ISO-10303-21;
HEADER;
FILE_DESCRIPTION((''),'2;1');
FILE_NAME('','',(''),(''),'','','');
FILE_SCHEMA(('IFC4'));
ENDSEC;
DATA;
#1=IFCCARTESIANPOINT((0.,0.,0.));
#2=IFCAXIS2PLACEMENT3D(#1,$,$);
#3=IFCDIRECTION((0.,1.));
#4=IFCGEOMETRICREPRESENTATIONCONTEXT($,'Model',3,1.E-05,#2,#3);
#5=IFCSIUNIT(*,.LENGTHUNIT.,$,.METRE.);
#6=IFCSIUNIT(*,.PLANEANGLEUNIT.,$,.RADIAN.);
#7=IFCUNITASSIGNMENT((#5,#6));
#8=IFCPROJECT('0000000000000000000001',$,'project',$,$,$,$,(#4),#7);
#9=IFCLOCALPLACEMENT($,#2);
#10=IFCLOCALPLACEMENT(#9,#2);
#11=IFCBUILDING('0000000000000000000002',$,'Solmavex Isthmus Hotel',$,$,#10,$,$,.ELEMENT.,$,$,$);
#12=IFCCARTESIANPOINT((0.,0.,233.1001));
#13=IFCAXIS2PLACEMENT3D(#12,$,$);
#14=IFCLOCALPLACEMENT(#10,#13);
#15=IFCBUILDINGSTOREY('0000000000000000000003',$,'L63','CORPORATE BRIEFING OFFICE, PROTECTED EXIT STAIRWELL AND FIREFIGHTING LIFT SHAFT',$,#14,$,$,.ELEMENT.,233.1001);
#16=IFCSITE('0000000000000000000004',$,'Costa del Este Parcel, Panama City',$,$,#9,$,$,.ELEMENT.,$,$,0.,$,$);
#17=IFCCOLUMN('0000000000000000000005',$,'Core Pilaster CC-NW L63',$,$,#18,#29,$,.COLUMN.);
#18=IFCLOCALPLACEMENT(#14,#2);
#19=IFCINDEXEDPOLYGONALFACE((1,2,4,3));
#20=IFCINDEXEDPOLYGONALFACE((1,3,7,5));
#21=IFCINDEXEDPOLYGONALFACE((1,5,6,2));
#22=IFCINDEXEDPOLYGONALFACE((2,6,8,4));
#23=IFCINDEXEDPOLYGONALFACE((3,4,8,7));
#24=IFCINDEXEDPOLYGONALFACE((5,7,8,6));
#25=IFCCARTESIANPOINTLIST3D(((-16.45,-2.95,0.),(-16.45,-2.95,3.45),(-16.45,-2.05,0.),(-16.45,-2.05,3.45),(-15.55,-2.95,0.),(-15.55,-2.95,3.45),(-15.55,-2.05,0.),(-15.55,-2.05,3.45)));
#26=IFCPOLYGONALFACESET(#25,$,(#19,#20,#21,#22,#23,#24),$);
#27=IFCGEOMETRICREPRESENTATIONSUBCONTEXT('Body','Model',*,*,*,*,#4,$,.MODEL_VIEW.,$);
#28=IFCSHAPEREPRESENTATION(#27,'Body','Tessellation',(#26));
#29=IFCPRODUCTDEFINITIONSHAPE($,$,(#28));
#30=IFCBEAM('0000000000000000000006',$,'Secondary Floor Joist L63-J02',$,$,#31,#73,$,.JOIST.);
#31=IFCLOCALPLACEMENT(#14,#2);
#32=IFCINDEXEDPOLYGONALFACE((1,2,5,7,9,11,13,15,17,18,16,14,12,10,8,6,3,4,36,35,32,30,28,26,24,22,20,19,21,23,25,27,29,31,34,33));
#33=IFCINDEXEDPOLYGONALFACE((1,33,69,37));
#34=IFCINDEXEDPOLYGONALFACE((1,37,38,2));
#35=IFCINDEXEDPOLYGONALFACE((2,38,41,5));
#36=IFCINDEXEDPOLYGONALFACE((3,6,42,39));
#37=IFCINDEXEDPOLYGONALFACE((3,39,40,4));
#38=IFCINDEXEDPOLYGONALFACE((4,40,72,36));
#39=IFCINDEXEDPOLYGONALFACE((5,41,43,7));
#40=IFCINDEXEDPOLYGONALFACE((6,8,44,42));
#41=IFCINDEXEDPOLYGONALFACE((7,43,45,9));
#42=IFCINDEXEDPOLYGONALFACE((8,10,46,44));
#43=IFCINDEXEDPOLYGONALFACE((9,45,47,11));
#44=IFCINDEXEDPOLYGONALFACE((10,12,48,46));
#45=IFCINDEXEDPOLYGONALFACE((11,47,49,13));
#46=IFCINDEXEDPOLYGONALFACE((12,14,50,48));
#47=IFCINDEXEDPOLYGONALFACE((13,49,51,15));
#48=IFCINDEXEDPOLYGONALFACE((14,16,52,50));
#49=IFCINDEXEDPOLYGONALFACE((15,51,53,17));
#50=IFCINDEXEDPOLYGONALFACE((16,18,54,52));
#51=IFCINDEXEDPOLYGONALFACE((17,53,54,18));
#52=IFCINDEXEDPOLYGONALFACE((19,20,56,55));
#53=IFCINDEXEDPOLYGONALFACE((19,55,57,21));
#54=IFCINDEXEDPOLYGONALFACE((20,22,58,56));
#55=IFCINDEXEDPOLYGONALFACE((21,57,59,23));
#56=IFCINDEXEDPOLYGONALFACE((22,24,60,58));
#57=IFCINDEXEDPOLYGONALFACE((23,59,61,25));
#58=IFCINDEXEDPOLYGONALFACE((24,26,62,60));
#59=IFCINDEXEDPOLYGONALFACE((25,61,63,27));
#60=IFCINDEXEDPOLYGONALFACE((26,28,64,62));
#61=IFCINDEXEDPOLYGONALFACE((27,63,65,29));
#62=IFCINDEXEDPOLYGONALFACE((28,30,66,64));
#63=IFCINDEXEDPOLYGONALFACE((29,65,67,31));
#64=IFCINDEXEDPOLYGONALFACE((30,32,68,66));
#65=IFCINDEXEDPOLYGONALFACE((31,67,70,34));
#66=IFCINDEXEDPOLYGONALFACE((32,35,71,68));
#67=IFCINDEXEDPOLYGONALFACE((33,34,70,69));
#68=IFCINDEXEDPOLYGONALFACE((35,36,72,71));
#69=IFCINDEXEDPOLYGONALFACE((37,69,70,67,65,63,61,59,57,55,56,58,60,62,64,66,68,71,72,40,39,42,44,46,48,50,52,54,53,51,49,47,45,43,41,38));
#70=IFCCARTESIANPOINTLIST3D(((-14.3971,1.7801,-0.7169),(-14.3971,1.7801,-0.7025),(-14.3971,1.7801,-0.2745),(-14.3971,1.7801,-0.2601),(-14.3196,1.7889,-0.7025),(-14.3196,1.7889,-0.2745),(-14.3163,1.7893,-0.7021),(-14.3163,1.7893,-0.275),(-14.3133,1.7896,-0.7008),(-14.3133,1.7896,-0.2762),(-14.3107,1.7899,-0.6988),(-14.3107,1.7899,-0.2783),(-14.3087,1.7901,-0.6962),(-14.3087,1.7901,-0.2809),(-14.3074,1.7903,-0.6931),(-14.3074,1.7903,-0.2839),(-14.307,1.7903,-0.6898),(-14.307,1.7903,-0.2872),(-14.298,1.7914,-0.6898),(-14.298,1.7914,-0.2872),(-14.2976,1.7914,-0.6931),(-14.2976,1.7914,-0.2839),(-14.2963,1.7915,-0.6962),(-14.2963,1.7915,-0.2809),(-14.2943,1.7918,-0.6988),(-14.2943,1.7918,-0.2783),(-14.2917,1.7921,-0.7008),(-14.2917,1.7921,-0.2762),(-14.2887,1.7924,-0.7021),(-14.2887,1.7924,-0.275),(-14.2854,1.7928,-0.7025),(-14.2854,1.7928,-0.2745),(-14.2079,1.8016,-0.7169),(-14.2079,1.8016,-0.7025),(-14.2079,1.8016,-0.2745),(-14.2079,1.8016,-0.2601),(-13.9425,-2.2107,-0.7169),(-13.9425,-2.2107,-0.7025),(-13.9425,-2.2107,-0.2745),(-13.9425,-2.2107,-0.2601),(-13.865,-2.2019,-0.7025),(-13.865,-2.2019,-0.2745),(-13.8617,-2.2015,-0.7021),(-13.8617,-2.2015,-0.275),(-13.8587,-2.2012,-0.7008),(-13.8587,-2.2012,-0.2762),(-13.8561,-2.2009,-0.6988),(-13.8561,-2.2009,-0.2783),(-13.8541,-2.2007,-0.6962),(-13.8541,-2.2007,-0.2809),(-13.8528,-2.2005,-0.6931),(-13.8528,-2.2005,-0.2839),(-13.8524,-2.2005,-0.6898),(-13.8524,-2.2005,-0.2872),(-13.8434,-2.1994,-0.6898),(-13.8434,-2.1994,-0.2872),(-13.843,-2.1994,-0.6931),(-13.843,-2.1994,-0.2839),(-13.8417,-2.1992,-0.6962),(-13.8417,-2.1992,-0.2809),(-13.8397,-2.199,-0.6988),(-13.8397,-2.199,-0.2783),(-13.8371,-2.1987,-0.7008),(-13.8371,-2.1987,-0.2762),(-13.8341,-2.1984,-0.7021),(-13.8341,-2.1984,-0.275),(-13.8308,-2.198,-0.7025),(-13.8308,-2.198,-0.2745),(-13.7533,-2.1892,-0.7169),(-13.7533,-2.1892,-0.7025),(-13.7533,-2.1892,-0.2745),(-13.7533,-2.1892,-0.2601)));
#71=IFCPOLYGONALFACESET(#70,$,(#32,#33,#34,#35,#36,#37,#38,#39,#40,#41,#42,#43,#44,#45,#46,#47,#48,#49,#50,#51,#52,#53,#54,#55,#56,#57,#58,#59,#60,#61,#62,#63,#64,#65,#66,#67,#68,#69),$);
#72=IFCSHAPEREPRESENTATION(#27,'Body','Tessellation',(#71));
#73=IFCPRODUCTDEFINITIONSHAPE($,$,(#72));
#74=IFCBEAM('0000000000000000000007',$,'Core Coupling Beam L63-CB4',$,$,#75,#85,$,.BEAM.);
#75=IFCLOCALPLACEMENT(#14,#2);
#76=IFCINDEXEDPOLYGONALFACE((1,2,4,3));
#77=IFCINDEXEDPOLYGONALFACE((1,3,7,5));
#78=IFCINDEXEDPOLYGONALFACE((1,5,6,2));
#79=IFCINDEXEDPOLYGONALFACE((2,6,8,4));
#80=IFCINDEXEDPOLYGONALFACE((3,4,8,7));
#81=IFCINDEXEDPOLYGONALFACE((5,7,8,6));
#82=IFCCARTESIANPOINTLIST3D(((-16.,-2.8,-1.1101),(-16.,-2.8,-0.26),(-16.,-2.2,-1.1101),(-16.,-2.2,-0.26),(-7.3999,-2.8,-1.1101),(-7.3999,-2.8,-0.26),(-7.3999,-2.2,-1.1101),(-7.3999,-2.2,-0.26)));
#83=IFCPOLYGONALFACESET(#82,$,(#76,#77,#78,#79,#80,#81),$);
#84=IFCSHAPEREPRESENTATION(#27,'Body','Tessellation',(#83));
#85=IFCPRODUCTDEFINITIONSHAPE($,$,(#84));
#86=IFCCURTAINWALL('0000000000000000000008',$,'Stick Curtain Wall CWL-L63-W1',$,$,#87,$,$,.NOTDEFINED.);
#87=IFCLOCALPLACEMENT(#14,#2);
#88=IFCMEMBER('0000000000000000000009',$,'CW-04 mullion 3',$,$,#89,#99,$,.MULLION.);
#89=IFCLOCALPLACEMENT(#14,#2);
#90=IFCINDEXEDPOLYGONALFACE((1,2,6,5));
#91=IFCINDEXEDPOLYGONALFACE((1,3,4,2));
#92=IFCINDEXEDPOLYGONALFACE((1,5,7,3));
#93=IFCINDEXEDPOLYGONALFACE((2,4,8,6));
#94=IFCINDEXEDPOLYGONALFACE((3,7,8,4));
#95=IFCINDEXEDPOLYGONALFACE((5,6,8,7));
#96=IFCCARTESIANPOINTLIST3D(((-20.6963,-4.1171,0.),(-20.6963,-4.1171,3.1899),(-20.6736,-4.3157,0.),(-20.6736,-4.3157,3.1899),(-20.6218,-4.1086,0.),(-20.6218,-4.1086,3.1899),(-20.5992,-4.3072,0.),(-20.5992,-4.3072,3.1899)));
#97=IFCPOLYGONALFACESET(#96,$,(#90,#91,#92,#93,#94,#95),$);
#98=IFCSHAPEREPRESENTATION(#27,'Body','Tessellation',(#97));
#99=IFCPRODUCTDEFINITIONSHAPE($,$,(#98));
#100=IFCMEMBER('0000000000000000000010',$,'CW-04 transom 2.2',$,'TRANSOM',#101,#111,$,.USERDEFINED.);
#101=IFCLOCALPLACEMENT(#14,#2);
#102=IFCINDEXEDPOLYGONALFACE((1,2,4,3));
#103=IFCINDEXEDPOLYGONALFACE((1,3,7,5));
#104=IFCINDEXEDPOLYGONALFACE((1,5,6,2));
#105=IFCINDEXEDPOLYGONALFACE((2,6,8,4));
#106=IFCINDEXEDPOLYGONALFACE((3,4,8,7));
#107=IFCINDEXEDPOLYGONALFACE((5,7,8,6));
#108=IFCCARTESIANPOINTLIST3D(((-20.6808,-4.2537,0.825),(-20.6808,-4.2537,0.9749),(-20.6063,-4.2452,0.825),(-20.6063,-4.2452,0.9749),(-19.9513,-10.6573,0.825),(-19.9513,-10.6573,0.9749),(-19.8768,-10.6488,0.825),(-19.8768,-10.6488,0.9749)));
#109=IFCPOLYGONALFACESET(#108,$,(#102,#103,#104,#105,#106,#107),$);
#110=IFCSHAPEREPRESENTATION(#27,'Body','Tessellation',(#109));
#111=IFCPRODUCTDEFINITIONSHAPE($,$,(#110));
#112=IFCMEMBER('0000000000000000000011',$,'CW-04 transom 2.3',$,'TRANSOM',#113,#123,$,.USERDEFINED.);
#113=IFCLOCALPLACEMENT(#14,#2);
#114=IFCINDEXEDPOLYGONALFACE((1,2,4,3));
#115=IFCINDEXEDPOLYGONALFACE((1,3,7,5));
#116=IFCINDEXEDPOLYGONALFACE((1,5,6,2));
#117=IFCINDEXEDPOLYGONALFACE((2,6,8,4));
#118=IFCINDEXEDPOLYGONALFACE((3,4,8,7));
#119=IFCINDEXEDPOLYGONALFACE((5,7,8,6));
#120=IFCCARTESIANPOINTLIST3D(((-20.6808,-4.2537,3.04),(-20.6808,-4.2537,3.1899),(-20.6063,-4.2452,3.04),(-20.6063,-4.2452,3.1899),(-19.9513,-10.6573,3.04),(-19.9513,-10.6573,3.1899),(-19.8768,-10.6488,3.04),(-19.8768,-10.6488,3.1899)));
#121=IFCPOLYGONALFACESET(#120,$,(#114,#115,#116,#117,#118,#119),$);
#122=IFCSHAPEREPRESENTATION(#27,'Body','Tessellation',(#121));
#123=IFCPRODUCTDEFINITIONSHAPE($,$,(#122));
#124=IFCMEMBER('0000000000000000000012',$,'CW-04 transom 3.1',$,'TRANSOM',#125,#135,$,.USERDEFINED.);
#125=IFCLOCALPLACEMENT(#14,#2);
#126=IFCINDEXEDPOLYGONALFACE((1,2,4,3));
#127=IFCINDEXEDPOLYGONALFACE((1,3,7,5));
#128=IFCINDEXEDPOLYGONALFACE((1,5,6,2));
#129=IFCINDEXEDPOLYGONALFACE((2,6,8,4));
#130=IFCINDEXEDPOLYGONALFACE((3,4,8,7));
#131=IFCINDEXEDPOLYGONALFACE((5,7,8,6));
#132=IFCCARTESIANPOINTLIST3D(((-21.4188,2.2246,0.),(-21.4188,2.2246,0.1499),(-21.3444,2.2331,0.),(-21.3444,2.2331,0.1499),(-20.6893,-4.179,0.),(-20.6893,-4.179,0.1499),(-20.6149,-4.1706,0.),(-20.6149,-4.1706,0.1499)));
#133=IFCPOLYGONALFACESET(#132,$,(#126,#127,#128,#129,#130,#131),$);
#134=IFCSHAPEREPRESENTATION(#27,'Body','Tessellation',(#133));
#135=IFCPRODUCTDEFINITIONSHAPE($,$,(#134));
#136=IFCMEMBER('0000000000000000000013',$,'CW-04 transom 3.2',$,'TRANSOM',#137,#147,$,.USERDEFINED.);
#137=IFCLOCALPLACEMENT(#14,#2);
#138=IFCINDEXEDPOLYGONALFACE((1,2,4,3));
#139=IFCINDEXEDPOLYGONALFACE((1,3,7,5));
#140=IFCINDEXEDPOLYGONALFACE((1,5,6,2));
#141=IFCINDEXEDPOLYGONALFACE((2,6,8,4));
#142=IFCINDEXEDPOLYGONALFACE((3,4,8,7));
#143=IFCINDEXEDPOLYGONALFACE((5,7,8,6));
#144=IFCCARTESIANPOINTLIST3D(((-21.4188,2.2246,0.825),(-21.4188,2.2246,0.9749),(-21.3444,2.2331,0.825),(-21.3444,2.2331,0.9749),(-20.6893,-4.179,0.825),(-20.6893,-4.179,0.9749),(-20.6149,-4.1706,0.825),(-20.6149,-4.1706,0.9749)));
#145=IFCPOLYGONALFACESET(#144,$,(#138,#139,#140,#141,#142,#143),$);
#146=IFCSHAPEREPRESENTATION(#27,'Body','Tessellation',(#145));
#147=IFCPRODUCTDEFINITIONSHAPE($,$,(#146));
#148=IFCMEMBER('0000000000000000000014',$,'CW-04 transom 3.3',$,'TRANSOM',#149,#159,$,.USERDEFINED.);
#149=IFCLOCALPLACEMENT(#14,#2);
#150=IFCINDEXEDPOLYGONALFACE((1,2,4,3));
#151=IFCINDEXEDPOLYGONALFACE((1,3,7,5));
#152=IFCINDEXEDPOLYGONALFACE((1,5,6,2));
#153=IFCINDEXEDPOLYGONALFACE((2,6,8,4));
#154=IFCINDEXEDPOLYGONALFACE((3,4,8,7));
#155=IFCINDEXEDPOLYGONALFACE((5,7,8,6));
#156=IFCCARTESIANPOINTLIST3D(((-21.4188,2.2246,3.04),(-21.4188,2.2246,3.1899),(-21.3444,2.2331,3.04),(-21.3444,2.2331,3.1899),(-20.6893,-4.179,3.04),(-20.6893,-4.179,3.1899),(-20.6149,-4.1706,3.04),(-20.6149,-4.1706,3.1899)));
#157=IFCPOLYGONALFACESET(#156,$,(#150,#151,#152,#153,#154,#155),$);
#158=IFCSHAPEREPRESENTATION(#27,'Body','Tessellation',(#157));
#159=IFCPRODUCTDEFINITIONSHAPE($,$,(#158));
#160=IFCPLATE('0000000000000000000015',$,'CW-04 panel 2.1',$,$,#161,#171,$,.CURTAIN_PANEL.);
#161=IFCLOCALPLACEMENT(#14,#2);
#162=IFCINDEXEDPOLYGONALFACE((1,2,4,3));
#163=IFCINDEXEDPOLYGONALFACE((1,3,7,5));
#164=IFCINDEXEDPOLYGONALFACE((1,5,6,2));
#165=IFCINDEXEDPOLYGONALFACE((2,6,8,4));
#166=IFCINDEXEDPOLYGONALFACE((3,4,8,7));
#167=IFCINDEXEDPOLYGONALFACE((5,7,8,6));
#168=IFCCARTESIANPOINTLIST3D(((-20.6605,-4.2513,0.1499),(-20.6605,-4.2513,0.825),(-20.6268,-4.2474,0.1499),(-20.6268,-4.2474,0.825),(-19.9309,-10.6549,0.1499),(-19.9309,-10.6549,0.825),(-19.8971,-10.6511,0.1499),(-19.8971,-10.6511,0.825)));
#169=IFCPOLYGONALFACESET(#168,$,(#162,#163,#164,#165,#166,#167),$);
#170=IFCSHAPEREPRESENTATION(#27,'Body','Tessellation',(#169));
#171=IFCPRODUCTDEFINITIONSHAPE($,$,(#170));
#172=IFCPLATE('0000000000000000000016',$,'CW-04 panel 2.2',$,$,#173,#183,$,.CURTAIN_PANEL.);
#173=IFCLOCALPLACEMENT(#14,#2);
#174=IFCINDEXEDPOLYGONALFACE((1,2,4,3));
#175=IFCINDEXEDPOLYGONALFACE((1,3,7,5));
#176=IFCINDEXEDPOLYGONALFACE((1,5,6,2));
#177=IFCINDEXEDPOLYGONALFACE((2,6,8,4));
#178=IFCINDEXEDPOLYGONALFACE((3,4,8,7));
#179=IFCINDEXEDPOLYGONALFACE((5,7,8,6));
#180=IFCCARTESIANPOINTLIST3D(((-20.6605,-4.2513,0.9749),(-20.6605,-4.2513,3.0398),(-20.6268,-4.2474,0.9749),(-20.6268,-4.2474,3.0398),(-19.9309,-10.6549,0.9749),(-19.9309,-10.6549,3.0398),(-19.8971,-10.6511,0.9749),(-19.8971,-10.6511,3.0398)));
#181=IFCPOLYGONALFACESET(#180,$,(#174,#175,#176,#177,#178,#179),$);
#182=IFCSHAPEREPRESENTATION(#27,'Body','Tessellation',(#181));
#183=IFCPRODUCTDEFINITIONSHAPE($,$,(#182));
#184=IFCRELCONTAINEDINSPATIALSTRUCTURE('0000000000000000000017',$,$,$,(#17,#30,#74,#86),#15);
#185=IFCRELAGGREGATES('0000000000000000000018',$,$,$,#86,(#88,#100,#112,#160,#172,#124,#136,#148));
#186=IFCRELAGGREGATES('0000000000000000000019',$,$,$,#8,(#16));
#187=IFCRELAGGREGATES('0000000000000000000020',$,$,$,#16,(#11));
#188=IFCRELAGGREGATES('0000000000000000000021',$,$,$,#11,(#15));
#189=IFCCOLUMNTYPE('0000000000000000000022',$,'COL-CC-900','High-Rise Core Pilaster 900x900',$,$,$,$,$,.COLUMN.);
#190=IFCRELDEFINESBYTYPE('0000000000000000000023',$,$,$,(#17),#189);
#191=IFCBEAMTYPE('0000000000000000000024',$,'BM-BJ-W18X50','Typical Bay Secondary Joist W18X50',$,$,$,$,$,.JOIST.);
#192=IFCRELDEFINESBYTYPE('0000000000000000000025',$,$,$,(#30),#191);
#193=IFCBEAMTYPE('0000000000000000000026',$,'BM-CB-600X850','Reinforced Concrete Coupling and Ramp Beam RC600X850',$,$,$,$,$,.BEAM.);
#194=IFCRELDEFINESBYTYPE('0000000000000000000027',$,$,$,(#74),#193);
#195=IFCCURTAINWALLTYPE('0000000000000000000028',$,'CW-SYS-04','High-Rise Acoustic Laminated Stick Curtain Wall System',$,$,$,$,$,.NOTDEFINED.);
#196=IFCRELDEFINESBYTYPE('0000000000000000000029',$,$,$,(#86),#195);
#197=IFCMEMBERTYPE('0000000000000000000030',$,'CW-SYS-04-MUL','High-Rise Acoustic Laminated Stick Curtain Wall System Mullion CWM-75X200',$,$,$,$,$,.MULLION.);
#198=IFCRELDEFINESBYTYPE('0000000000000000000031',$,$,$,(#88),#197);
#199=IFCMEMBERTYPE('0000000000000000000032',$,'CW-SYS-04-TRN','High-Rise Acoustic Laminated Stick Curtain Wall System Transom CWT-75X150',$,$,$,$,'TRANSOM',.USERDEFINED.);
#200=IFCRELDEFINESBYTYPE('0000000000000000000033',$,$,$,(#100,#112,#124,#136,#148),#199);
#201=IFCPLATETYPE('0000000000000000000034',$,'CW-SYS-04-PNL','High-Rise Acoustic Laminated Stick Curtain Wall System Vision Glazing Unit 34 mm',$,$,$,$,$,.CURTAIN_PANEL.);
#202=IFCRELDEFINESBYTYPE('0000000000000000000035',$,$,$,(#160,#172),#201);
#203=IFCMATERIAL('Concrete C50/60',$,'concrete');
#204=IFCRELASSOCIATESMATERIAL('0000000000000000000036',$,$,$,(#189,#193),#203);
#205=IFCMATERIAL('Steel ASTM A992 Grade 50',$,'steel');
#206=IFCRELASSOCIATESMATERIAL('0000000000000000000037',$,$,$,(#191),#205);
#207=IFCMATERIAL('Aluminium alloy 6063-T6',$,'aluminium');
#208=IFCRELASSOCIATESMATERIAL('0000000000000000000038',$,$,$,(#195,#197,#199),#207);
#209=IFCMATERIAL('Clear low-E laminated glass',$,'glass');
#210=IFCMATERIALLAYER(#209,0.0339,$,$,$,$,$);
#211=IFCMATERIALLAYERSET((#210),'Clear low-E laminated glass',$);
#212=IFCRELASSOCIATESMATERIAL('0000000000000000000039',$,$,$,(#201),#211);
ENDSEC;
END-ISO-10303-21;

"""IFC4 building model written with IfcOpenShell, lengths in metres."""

from ifc_helpers import new_model, si_unit, direction, frame, origin, origin_2d, place, context, subcontext, project, spatial, rectangle, i_section, extrude, material, layer, layer_set, material_profile, profile_set, type_object, element, aggregate, save


model = new_model("IFC4")

# Units and contexts
model_context = context("Model", 3, precision=1e-05, world=origin(), true_north=direction((0.0, 1.0)))
body_context = subcontext(model_context, "Body", "Model", "MODEL_VIEW")
ifc_project = project(units=[si_unit("LENGTHUNIT", "METRE"), si_unit("PLANEANGLEUNIT", "RADIAN")], contexts=[model_context])

# Site, building, storey
site_placement = place(None, origin())
site = spatial("IfcSite", under=ifc_project, at=site_placement, Name="Costa del Este Parcel, Panama City", CompositionType="ELEMENT", RefElevation=0.0)
building_placement = place(site_placement, origin())
building = spatial("IfcBuilding", under=site, at=building_placement, Name="Solmavex Isthmus Hotel", CompositionType="ELEMENT")
storey_placement = place(building_placement, frame((0.0, 0.0, 233.1001)))
storey = spatial("IfcBuildingStorey", under=building, at=storey_placement, Name="L63", Description="CORPORATE BRIEFING OFFICE, PROTECTED EXIT STAIRWELL AND FIREFIGHTING LIFT SHAFT", CompositionType="ELEMENT", Elevation=233.1001)

# Column
ifc_material_1 = material(Name="Concrete C50/60", Category="concrete")
ifc_material_profile_1 = material_profile(ifc_material_1, rectangle(XDim=0.8999, YDim=0.8999, at=origin_2d()), Name="RC900X900")
ifc_profile_set_1 = profile_set([ifc_material_profile_1], Name="Concrete C50/60")
column_type = type_object("IfcColumnType", Name="COL-CC-900", Description="High-Rise Core Pilaster 900x900", PredefinedType="COLUMN", material=ifc_profile_set_1)
column_placement = place(storey_placement, frame((-16.0, -2.5, 0.0), z_axis=(0.0, 0.0, 1.0), x_axis=(1.0, 0.0, 0.0)))
element("IfcColumn", 1, at=column_placement, inside=storey, type_object=column_type, Name="Core Pilaster CC-NW L63", PredefinedType="COLUMN", context=body_context, shape_type="SweptSolid", body=[
    extrude(rectangle(XDim=0.8999, YDim=0.8999, at=origin_2d()), origin(), (0.0, 0.0, 1.0), 3.45),
])

# Beams
ifc_material_2 = material(Name="Steel ASTM A992 Grade 50", Category="steel")
ifc_material_profile_2 = material_profile(ifc_material_2, i_section(OverallWidth=0.1904, OverallDepth=0.4568, WebThickness=0.009, FlangeThickness=0.0144, FilletRadius=0.0127, at=origin_2d()), Name="W18X50")
ifc_profile_set_2 = profile_set([ifc_material_profile_2], Name="Steel ASTM A992 Grade 50")
beam_type_1 = type_object("IfcBeamType", Name="BM-BJ-W18X50", Description="Typical Bay Secondary Joist W18X50", PredefinedType="JOIST", material=ifc_profile_set_2)
beam_1_placement = place(storey_placement, frame((-13.8479, -2.2, -0.4885), z_axis=(-0.11318, 0.993575, 0.0), x_axis=(-0.993575, -0.11318, 0.0)))
element("IfcBeam", 2, at=beam_1_placement, inside=storey, type_object=beam_type_1, Name="Secondary Floor Joist L63-J02", PredefinedType="JOIST", context=body_context, shape_type="SweptSolid", body=[
    extrude(i_section(OverallWidth=0.1904, OverallDepth=0.4568, WebThickness=0.009, FlangeThickness=0.0144, FilletRadius=0.0127, at=origin_2d()), origin(), (0.0, 0.0, 1.0), 4.0166),
])
ifc_material_profile_3 = material_profile(ifc_material_1, rectangle(XDim=0.6001, YDim=0.8501, at=origin_2d()), Name="RC600X850")
ifc_profile_set_3 = profile_set([ifc_material_profile_3], Name="Concrete C50/60")
beam_type_2 = type_object("IfcBeamType", Name="BM-CB-600X850", Description="Reinforced Concrete Coupling and Ramp Beam RC600X850", PredefinedType="BEAM", material=ifc_profile_set_3)
beam_2_placement = place(storey_placement, frame((-16.0, -2.5, -0.6851), z_axis=(1.0, 0.0, 0.0), x_axis=(0.0, 1.0, 0.0)))
element("IfcBeam", 3, at=beam_2_placement, inside=storey, type_object=beam_type_2, Name="Core Coupling Beam L63-CB4", PredefinedType="BEAM", context=body_context, shape_type="SweptSolid", body=[
    extrude(rectangle(XDim=0.6001, YDim=0.8501, at=origin_2d()), origin(), (0.0, 0.0, 1.0), 8.6001),
])

# Curtain wall, members, plates
ifc_material_3 = material(Name="Aluminium alloy 6063-T6", Category="aluminium")
curtain_wall_type = type_object("IfcCurtainWallType", Name="CW-SYS-04", Description="High-Rise Acoustic Laminated Stick Curtain Wall System", PredefinedType="NOTDEFINED", material=ifc_material_3)
curtain_wall_placement = place(storey_placement, origin())
curtain_wall = element("IfcCurtainWall", 4, at=curtain_wall_placement, inside=storey, type_object=curtain_wall_type, Name="Stick Curtain Wall CWL-L63-W1", PredefinedType="NOTDEFINED")
ifc_material_profile_4 = material_profile(ifc_material_3, rectangle(XDim=0.075, YDim=0.2, at=origin_2d()), Name="CWM-75X200")
ifc_profile_set_4 = profile_set([ifc_material_profile_4], Name="Aluminium alloy 6063-T6")
member_type_1 = type_object("IfcMemberType", Name="CW-SYS-04-MUL", Description="High-Rise Acoustic Laminated Stick Curtain Wall System Mullion CWM-75X200", PredefinedType="MULLION", material=ifc_profile_set_4)
member_1_placement = place(storey_placement, frame((-20.6477, -4.2122, 0.0), z_axis=(0.0, 0.0, 1.0), x_axis=(-0.993572, -0.113203, 0.0)))
member_1 = element("IfcMember", 5, at=member_1_placement, type_object=member_type_1, Name="CW-04 mullion 3", PredefinedType="MULLION", context=body_context, shape_type="SweptSolid", body=[
    extrude(rectangle(XDim=0.075, YDim=0.2, at=origin_2d()), origin(), (0.0, 0.0, 1.0), 3.1899),
])
ifc_material_profile_5 = material_profile(ifc_material_3, rectangle(XDim=0.075, YDim=0.1499, at=origin_2d()), Name="CWT-75X150")
ifc_profile_set_5 = profile_set([ifc_material_profile_5], Name="Aluminium alloy 6063-T6")
member_type_2 = type_object("IfcMemberType", Name="CW-SYS-04-TRN", Description="High-Rise Acoustic Laminated Stick Curtain Wall System Transom CWT-75X150", ElementType="TRANSOM", PredefinedType="USERDEFINED", material=ifc_profile_set_5)
member_2_placement = place(storey_placement, frame((-19.9141, -10.6531, 0.8999), z_axis=(-0.113188, 0.993574, 0.0), x_axis=(-0.993574, -0.113188, 0.0)))
member_2 = element("IfcMember", 6, at=member_2_placement, type_object=member_type_2, Name="CW-04 transom 2.2", ObjectType="TRANSOM", PredefinedType="USERDEFINED", context=body_context, shape_type="SweptSolid", body=[
    extrude(rectangle(XDim=0.075, YDim=0.1499, at=origin_2d()), origin(), (0.0, 0.0, 1.0), 6.4451),
])
member_3_placement = place(storey_placement, frame((-19.9141, -10.6531, 3.115), z_axis=(-0.113188, 0.993574, 0.0), x_axis=(-0.993574, -0.113188, 0.0)))
member_3 = element("IfcMember", 7, at=member_3_placement, type_object=member_type_2, Name="CW-04 transom 2.3", ObjectType="TRANSOM", PredefinedType="USERDEFINED", context=body_context, shape_type="SweptSolid", body=[
    extrude(rectangle(XDim=0.075, YDim=0.1499, at=origin_2d()), origin(), (0.0, 0.0, 1.0), 6.4451),
])
member_4_placement = place(storey_placement, frame((-20.6521, -4.1748, 0.075), z_axis=(-0.113188, 0.993574, 0.0), x_axis=(-0.993574, -0.113188, 0.0)))
member_4 = element("IfcMember", 8, at=member_4_placement, type_object=member_type_2, Name="CW-04 transom 3.1", ObjectType="TRANSOM", PredefinedType="USERDEFINED", context=body_context, shape_type="SweptSolid", body=[
    extrude(rectangle(XDim=0.075, YDim=0.1499, at=origin_2d()), origin(), (0.0, 0.0, 1.0), 6.4451),
])
member_5_placement = place(storey_placement, frame((-20.6521, -4.1748, 0.8999), z_axis=(-0.113188, 0.993574, 0.0), x_axis=(-0.993574, -0.113188, 0.0)))
member_5 = element("IfcMember", 9, at=member_5_placement, type_object=member_type_2, Name="CW-04 transom 3.2", ObjectType="TRANSOM", PredefinedType="USERDEFINED", context=body_context, shape_type="SweptSolid", body=[
    extrude(rectangle(XDim=0.075, YDim=0.1499, at=origin_2d()), origin(), (0.0, 0.0, 1.0), 6.4451),
])
member_6_placement = place(storey_placement, frame((-20.6521, -4.1748, 3.115), z_axis=(-0.113188, 0.993574, 0.0), x_axis=(-0.993574, -0.113188, 0.0)))
member_6 = element("IfcMember", 10, at=member_6_placement, type_object=member_type_2, Name="CW-04 transom 3.3", ObjectType="TRANSOM", PredefinedType="USERDEFINED", context=body_context, shape_type="SweptSolid", body=[
    extrude(rectangle(XDim=0.075, YDim=0.1499, at=origin_2d()), origin(), (0.0, 0.0, 1.0), 6.4451),
])
ifc_material_4 = material(Name="Clear low-E laminated glass", Category="glass")
ifc_layer_1 = layer(ifc_material_4, 0.0339)
ifc_layer_set_1 = layer_set([ifc_layer_1], Name="Clear low-E laminated glass")
plate_type = type_object("IfcPlateType", Name="CW-SYS-04-PNL", Description="High-Rise Acoustic Laminated Stick Curtain Wall System Vision Glazing Unit 34 mm", PredefinedType="CURTAIN_PANEL", material=ifc_layer_set_1)
plate_1_placement = place(storey_placement, frame((-20.2788, -7.4512, 0.1499), z_axis=(0.0, 0.0, 1.0), x_axis=(-0.113203, 0.993572, 0.0)))
plate_1 = element("IfcPlate", 11, at=plate_1_placement, type_object=plate_type, Name="CW-04 panel 2.1", PredefinedType="CURTAIN_PANEL", context=body_context, shape_type="SweptSolid", body=[
    extrude(rectangle(XDim=6.4451, YDim=0.0339, at=origin_2d()), origin(), (0.0, 0.0, 1.0), 0.675),
])
plate_2_placement = place(storey_placement, frame((-20.2788, -7.4512, 0.9749), z_axis=(0.0, 0.0, 1.0), x_axis=(-0.113203, 0.993572, 0.0)))
plate_2 = element("IfcPlate", 12, at=plate_2_placement, type_object=plate_type, Name="CW-04 panel 2.2", PredefinedType="CURTAIN_PANEL", context=body_context, shape_type="SweptSolid", body=[
    extrude(rectangle(XDim=6.4451, YDim=0.0339, at=origin_2d()), origin(), (0.0, 0.0, 1.0), 2.0649),
])
aggregate(curtain_wall, [member_1, member_2, member_3, plate_1, plate_2, member_4, member_5, member_6])

save(model, "model.ifc")
